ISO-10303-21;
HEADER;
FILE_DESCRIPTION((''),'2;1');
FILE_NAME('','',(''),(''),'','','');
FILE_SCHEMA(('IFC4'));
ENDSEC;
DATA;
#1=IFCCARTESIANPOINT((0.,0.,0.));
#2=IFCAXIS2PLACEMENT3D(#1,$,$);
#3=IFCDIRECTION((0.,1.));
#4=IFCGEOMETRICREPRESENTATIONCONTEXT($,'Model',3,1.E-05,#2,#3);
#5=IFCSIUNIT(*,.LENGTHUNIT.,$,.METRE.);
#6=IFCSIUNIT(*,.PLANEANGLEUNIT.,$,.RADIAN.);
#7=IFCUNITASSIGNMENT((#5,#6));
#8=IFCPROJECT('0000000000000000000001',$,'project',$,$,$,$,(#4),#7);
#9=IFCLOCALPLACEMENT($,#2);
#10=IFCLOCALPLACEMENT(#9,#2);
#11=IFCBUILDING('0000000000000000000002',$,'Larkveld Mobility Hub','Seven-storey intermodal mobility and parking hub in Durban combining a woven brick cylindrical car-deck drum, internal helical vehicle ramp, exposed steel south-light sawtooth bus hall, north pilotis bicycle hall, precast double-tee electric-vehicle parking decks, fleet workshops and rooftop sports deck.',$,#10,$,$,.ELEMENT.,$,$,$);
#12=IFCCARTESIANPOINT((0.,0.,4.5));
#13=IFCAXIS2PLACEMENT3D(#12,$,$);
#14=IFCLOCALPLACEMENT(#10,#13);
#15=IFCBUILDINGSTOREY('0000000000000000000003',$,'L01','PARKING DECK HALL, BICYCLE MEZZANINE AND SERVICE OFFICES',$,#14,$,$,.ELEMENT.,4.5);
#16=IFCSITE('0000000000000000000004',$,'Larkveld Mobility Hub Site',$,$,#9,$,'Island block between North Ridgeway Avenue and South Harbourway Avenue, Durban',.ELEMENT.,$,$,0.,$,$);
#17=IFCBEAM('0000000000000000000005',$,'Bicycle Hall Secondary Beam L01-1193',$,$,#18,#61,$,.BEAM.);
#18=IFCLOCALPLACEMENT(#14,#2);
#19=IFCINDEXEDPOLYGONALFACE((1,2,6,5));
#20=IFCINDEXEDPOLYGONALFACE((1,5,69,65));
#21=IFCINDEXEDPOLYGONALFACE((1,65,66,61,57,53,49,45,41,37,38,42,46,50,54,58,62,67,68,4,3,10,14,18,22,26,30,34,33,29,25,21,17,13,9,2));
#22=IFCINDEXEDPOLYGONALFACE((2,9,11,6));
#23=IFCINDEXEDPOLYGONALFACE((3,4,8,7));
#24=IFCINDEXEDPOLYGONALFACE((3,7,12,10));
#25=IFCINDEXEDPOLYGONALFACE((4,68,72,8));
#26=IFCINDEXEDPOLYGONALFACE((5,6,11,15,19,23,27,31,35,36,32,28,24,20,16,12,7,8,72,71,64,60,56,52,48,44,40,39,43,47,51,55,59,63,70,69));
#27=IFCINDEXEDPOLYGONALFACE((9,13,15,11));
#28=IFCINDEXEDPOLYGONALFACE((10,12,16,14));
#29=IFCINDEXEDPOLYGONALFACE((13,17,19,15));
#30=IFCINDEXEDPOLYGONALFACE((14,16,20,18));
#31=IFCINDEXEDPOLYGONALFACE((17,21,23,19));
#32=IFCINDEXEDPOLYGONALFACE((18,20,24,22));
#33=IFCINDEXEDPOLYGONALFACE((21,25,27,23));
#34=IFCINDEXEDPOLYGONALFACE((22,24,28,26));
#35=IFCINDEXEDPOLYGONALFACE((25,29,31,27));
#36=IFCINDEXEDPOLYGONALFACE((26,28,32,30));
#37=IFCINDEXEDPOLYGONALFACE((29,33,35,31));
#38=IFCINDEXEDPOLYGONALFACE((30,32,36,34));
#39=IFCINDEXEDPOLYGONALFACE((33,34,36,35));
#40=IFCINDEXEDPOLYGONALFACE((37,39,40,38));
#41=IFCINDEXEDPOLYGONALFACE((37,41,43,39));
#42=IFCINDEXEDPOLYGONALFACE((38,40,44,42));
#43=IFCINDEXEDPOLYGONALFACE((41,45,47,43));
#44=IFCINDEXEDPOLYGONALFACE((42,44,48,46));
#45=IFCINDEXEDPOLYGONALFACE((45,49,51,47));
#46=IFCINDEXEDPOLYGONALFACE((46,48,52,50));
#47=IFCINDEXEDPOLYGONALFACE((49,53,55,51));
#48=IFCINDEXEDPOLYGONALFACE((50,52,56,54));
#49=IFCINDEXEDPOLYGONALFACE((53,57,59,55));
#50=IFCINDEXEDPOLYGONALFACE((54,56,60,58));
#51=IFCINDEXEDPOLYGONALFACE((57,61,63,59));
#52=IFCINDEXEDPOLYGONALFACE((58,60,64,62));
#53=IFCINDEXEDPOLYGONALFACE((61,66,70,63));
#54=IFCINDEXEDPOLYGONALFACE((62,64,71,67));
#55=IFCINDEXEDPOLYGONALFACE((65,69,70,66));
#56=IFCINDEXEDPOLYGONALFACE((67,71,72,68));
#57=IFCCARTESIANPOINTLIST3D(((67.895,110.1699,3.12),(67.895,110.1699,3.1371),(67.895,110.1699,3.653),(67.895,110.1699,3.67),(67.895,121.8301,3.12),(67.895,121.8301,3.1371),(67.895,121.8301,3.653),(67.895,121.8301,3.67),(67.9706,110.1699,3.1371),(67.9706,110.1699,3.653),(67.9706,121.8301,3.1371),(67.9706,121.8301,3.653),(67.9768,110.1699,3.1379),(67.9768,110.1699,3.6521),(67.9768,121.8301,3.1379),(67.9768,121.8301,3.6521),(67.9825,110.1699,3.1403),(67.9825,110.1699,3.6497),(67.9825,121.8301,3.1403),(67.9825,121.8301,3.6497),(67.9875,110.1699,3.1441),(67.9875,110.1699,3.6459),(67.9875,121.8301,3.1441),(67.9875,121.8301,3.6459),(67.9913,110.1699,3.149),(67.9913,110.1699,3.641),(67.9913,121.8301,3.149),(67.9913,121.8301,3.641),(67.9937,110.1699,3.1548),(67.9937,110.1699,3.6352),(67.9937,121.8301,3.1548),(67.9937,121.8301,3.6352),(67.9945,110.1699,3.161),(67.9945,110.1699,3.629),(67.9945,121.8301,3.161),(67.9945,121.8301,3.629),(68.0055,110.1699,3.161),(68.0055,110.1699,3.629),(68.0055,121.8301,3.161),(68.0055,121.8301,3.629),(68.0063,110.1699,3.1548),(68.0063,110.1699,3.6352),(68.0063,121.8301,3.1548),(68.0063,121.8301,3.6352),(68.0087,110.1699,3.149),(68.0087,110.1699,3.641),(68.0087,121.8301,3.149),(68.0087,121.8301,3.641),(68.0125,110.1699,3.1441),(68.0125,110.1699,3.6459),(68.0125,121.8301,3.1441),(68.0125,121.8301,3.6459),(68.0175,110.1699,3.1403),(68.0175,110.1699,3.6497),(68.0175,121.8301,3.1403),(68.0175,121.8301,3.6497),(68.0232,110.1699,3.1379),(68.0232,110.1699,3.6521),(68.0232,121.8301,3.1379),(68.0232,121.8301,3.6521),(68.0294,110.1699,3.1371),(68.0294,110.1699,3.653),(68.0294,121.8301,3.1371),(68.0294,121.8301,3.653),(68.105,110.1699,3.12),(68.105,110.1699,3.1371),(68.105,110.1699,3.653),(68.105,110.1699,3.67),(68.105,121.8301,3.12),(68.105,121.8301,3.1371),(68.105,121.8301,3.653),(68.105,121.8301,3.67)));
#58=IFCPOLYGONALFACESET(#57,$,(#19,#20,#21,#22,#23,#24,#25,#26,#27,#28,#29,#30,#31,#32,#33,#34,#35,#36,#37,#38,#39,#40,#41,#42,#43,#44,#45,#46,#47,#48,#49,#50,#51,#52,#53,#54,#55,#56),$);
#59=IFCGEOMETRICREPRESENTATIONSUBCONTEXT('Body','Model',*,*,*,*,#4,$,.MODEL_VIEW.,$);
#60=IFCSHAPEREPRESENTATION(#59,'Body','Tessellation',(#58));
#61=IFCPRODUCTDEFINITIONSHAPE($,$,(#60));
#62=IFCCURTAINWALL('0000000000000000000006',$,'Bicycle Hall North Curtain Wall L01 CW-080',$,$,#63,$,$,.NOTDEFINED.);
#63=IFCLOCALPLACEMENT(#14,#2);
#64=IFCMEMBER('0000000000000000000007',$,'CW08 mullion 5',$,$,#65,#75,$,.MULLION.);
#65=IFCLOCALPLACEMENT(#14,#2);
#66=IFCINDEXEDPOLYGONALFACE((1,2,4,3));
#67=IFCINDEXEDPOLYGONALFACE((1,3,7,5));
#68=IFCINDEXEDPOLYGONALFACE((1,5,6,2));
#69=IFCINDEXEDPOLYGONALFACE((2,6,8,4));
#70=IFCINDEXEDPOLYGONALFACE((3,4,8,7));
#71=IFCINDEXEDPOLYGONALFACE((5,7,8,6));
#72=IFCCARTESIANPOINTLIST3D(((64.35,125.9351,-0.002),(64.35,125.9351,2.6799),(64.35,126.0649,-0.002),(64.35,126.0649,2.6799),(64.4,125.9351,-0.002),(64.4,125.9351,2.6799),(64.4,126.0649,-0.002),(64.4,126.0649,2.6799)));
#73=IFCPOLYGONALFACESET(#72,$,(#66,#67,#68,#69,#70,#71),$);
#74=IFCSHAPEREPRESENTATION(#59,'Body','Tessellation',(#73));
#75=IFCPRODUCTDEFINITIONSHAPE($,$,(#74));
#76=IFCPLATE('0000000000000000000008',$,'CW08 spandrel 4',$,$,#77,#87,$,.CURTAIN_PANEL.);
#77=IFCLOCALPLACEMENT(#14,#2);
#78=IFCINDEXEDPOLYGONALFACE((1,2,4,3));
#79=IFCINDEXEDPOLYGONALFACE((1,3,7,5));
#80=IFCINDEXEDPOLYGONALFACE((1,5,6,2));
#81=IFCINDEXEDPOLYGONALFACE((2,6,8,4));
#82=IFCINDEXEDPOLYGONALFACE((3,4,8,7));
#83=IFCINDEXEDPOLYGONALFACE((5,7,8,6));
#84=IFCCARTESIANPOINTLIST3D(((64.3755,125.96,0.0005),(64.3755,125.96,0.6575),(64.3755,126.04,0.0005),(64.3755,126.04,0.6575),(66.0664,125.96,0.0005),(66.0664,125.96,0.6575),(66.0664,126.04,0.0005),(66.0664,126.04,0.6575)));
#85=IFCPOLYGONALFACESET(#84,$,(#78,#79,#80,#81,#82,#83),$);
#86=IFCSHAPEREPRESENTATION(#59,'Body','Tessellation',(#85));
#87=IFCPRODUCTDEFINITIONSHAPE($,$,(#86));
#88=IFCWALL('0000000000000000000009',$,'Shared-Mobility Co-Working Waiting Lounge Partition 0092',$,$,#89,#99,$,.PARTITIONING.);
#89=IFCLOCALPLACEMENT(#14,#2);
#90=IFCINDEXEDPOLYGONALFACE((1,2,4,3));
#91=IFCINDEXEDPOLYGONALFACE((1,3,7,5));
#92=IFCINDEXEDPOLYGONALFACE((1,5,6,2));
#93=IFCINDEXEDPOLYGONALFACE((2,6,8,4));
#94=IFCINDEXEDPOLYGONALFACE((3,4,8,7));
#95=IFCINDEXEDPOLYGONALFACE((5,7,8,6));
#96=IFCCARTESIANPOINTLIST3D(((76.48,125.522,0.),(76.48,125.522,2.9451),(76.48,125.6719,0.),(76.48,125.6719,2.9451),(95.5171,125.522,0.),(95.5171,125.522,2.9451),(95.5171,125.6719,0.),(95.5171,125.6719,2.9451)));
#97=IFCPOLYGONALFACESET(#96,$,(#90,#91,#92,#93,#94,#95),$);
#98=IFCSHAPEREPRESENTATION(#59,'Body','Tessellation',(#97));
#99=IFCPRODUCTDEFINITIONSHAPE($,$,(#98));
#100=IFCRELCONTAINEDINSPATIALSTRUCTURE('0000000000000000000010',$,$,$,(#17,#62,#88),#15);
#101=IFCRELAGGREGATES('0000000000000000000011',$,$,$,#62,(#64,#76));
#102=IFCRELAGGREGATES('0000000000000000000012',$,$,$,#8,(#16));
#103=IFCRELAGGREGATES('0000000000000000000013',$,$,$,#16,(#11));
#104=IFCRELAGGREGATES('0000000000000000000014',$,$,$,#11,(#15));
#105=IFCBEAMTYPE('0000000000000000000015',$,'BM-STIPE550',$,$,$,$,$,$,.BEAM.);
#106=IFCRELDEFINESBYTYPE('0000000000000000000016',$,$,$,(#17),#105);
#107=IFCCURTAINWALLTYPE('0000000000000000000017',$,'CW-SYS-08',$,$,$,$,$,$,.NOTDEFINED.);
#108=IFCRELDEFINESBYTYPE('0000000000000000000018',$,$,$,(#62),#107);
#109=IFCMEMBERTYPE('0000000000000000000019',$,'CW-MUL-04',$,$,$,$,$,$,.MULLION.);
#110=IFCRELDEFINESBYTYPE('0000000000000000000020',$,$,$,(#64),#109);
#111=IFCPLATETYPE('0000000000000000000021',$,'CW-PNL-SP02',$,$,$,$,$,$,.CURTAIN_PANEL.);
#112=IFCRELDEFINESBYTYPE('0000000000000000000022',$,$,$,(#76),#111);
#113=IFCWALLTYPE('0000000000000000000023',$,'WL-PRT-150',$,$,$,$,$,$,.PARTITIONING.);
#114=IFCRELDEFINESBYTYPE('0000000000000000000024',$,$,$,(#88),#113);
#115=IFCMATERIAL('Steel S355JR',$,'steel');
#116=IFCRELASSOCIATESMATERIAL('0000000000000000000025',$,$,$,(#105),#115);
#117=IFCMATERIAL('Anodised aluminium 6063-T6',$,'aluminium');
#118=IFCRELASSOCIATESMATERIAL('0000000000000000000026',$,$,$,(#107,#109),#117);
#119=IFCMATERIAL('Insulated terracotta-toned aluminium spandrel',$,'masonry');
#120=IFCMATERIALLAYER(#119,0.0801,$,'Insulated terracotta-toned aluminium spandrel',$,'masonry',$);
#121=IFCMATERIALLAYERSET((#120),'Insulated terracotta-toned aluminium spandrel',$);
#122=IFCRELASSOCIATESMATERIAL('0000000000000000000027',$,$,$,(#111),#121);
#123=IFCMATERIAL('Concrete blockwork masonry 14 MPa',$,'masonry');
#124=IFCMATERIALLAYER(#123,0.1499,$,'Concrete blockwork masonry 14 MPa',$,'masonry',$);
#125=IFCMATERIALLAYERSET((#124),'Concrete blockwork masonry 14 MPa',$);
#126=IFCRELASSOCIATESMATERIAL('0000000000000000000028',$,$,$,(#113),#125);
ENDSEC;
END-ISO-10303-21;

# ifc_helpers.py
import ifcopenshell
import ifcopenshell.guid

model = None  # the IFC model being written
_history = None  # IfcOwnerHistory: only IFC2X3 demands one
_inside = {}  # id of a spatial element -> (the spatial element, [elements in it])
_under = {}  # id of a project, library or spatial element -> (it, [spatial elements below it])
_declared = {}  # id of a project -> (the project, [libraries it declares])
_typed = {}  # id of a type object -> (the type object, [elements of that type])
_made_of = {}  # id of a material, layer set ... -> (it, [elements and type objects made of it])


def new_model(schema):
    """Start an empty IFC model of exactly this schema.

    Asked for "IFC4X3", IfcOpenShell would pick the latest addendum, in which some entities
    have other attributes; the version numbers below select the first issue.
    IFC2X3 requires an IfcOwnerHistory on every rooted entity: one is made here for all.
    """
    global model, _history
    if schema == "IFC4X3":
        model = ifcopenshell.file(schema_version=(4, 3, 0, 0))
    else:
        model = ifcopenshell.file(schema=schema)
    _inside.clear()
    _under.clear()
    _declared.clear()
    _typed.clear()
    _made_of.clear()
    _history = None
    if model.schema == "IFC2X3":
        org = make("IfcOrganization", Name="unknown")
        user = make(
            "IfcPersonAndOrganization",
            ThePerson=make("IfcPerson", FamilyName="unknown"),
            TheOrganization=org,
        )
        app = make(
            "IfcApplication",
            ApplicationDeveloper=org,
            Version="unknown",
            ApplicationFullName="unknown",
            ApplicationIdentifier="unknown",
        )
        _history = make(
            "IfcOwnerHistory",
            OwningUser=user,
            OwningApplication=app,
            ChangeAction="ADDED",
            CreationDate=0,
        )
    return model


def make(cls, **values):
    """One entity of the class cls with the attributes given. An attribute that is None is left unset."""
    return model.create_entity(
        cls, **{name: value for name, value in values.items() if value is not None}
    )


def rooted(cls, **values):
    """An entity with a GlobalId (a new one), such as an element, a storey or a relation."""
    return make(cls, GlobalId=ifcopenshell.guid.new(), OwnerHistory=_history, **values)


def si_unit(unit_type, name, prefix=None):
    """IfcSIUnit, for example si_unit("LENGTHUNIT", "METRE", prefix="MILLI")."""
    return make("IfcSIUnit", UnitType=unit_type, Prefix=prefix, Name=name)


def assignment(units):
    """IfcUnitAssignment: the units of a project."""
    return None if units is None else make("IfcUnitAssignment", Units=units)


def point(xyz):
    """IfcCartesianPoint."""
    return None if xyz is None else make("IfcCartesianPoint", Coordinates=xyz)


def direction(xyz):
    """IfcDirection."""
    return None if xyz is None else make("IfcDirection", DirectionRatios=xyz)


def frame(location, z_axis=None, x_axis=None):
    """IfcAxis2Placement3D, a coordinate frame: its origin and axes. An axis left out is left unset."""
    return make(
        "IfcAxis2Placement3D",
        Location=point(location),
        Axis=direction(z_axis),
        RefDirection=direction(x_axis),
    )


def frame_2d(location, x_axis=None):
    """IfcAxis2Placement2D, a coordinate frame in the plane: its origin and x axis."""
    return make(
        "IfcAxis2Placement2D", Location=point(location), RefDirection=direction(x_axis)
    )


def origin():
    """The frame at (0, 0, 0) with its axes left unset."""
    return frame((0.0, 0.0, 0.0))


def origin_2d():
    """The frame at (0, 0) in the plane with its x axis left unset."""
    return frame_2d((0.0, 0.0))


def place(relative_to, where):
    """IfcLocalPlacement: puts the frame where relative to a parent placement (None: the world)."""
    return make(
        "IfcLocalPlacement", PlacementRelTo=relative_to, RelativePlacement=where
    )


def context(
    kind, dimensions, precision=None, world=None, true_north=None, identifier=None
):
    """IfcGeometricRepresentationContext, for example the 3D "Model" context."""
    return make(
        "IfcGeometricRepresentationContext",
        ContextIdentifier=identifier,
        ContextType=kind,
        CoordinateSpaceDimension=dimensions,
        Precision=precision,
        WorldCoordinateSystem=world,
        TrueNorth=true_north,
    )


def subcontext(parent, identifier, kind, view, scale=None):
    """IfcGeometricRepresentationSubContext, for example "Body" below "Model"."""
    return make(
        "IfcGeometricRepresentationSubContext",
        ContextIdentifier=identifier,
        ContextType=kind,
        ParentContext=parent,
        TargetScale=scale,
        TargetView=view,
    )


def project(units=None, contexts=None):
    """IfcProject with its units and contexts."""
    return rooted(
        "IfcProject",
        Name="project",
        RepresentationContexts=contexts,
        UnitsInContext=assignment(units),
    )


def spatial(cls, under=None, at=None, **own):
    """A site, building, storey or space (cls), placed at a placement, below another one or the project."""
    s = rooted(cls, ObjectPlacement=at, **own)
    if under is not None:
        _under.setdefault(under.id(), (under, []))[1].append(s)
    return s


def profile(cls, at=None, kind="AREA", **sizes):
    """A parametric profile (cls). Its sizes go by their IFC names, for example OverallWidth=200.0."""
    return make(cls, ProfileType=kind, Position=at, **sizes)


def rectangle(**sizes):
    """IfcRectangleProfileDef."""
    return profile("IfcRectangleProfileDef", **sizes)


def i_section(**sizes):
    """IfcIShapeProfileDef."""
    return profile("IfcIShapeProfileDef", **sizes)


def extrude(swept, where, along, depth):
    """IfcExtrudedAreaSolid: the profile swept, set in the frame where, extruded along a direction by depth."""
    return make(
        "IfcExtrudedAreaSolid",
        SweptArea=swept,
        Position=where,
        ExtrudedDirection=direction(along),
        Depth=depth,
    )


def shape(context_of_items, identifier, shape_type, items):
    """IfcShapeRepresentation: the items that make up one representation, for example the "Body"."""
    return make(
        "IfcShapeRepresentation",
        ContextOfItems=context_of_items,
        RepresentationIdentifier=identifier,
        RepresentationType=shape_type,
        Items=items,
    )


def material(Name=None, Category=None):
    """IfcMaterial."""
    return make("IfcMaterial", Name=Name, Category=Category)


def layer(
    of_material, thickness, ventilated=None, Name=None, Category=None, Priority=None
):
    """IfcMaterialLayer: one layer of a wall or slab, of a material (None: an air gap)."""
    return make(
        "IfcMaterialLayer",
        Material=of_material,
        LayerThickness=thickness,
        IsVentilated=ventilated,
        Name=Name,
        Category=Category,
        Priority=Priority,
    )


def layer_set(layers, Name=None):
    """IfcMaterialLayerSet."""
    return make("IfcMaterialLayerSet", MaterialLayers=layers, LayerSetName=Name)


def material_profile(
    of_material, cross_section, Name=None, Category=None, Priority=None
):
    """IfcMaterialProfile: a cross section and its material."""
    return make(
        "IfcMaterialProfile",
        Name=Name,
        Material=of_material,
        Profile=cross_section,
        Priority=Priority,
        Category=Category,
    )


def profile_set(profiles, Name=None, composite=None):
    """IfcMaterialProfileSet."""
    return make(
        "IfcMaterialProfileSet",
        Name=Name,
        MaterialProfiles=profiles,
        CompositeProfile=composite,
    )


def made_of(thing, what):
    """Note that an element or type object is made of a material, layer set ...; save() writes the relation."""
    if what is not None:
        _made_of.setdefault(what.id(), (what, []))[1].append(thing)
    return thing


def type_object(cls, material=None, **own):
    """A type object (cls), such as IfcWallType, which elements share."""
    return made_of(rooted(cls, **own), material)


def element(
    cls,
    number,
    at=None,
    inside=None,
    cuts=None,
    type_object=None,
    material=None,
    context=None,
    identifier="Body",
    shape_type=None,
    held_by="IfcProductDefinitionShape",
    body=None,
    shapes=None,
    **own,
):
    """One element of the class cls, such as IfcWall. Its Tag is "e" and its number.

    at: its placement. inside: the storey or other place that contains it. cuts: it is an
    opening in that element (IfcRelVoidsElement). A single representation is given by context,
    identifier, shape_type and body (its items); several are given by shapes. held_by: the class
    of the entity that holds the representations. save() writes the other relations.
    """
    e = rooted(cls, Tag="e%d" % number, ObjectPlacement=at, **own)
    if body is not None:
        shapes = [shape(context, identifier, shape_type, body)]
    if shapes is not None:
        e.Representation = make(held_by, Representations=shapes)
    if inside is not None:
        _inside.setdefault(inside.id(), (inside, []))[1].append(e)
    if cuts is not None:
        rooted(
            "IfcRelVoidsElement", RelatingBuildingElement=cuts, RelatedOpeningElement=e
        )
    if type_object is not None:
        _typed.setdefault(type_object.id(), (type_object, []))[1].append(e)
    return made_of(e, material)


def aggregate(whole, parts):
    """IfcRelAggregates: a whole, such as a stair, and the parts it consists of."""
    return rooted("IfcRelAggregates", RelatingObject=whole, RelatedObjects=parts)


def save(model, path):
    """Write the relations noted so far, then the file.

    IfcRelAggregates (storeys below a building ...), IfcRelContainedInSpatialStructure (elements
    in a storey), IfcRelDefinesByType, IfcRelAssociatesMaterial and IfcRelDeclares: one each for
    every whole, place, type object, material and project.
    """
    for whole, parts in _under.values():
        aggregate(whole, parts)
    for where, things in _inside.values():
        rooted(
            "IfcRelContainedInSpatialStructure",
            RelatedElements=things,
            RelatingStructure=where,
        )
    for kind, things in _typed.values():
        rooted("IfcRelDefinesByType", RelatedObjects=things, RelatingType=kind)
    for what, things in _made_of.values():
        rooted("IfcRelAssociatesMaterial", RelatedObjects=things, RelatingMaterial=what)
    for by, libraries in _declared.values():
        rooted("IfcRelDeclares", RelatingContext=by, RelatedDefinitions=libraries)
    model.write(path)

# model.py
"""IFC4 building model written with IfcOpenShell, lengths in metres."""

from ifc_helpers import new_model, si_unit, direction, frame, frame_2d, origin, origin_2d, place, context, subcontext, project, spatial, rectangle, i_section, extrude, material, layer, layer_set, material_profile, profile_set, type_object, element, aggregate, save


model = new_model("IFC4")

# Units and contexts
model_context = context("Model", 3, precision=1e-05, world=origin(), true_north=direction((0.0, 1.0)))
body_context = subcontext(model_context, "Body", "Model", "MODEL_VIEW")
ifc_project = project(units=[si_unit("LENGTHUNIT", "METRE"), si_unit("PLANEANGLEUNIT", "RADIAN")], contexts=[model_context])

# Site, building, storey
site_placement = place(None, origin())
site = spatial("IfcSite", under=ifc_project, at=site_placement, Name="Larkveld Mobility Hub Site", LongName="Island block between North Ridgeway Avenue and South Harbourway Avenue, Durban", CompositionType="ELEMENT", RefElevation=0.0)
building_placement = place(site_placement, origin())
building = spatial("IfcBuilding", under=site, at=building_placement, Name="Larkveld Mobility Hub", Description="Seven-storey intermodal mobility and parking hub in Durban combining a woven brick cylindrical car-deck drum, internal helical vehicle ramp, exposed steel south-light sawtooth bus hall, north pilotis bicycle hall, precast double-tee electric-vehicle parking decks, fleet workshops and rooftop sports deck.", CompositionType="ELEMENT")
storey_placement = place(building_placement, frame((0.0, 0.0, 4.5)))
storey = spatial("IfcBuildingStorey", under=building, at=storey_placement, Name="L01", Description="PARKING DECK HALL, BICYCLE MEZZANINE AND SERVICE OFFICES", CompositionType="ELEMENT", Elevation=4.5)

# Beam
ifc_material_1 = material(Name="Steel S355JR", Category="steel")
ifc_material_profile_1 = material_profile(ifc_material_1, i_section(OverallWidth=0.21, OverallDepth=0.55, WebThickness=0.011, FlangeThickness=0.0171, FilletRadius=0.0239, at=origin_2d()), Name="IPE 550")
ifc_profile_set_1 = profile_set([ifc_material_profile_1], Name="Steel S355JR")
beam_type_1 = type_object("IfcBeamType", Name="BM-STIPE550", PredefinedType="BEAM", material=ifc_profile_set_1)
beam_1_placement = place(storey_placement, frame((68.0, 110.1699, 3.395), z_axis=(0.0, 1.0, 0.0), x_axis=(-1.0, 0.0, 0.0)))
element("IfcBeam", 1, at=beam_1_placement, inside=storey, type_object=beam_type_1, Name="Bicycle Hall Secondary Beam L01-1193", PredefinedType="BEAM", context=body_context, shape_type="SweptSolid", body=[
    extrude(i_section(OverallWidth=0.21, OverallDepth=0.55, WebThickness=0.011, FlangeThickness=0.0171, FilletRadius=0.0239, at=origin_2d()), origin(), (0.0, 0.0, 1.0), 11.6602),
])

# Curtain wall, member, plate
ifc_material_2 = material(Name="Anodised aluminium 6063-T6", Category="aluminium")
curtain_wall_type = type_object("IfcCurtainWallType", Name="CW-SYS-08", PredefinedType="NOTDEFINED", material=ifc_material_2)
curtain_wall_placement = place(storey_placement, origin())
curtain_wall = element("IfcCurtainWall", 2, at=curtain_wall_placement, inside=storey, type_object=curtain_wall_type, Name="Bicycle Hall North Curtain Wall L01 CW-080", PredefinedType="NOTDEFINED")
ifc_material_profile_2 = material_profile(ifc_material_2, rectangle(XDim=0.05, YDim=0.1299, at=origin_2d()), Name="ALU MULL 50x130")
ifc_profile_set_2 = profile_set([ifc_material_profile_2], Name="Anodised aluminium 6063-T6")
member_type = type_object("IfcMemberType", Name="CW-MUL-04", PredefinedType="MULLION", material=ifc_profile_set_2)
member_placement = place(storey_placement, frame((64.375, 126.0, -0.002), z_axis=(0.0, 0.0, 1.0), x_axis=(-1.0, 0.0, 0.0)))
member = element("IfcMember", 3, at=member_placement, type_object=member_type, Name="CW08 mullion 5", PredefinedType="MULLION", context=body_context, shape_type="SweptSolid", body=[
    extrude(rectangle(XDim=0.05, YDim=0.1299, at=origin_2d()), origin(), (0.0, 0.0, 1.0), 2.6819),
])
ifc_material_3 = material(Name="Insulated terracotta-toned aluminium spandrel", Category="masonry")
ifc_layer_1 = layer(ifc_material_3, 0.0801, Name="Insulated terracotta-toned aluminium spandrel", Category="masonry")
ifc_layer_set_1 = layer_set([ifc_layer_1], Name="Insulated terracotta-toned aluminium spandrel")
plate_type = type_object("IfcPlateType", Name="CW-PNL-SP02", PredefinedType="CURTAIN_PANEL", material=ifc_layer_set_1)
plate_placement = place(storey_placement, frame((65.2209, 126.0, 0.0005), z_axis=(0.0, 0.0, 1.0), x_axis=(-1.0, 0.0, 0.0)))
plate = element("IfcPlate", 4, at=plate_placement, type_object=plate_type, Name="CW08 spandrel 4", PredefinedType="CURTAIN_PANEL", context=body_context, shape_type="SweptSolid", body=[
    extrude(rectangle(XDim=1.6909, YDim=0.0801, at=origin_2d()), origin(), (0.0, 0.0, 1.0), 0.657),
])
aggregate(curtain_wall, [member, plate])

# Wall
ifc_material_4 = material(Name="Concrete blockwork masonry 14 MPa", Category="masonry")
ifc_layer_2 = layer(ifc_material_4, 0.1499, Name="Concrete blockwork masonry 14 MPa", Category="masonry")
ifc_layer_set_2 = layer_set([ifc_layer_2], Name="Concrete blockwork masonry 14 MPa")
wall_type = type_object("IfcWallType", Name="WL-PRT-150", PredefinedType="PARTITIONING", material=ifc_layer_set_2)
wall_placement = place(storey_placement, frame((76.48, 125.5969, 0.0), z_axis=(0.0, 0.0, 1.0), x_axis=(1.0, 0.0, 0.0)))
element("IfcWall", 5, at=wall_placement, inside=storey, type_object=wall_type, Name="Shared-Mobility Co-Working Waiting Lounge Partition 0092", PredefinedType="PARTITIONING", context=body_context, shape_type="SweptSolid", body=[
    extrude(rectangle(XDim=19.0371, YDim=0.1499, at=frame_2d((9.5186, 0.0))), origin(), (0.0, 0.0, 1.0), 2.9451),
])

save(model, "model.ifc")
